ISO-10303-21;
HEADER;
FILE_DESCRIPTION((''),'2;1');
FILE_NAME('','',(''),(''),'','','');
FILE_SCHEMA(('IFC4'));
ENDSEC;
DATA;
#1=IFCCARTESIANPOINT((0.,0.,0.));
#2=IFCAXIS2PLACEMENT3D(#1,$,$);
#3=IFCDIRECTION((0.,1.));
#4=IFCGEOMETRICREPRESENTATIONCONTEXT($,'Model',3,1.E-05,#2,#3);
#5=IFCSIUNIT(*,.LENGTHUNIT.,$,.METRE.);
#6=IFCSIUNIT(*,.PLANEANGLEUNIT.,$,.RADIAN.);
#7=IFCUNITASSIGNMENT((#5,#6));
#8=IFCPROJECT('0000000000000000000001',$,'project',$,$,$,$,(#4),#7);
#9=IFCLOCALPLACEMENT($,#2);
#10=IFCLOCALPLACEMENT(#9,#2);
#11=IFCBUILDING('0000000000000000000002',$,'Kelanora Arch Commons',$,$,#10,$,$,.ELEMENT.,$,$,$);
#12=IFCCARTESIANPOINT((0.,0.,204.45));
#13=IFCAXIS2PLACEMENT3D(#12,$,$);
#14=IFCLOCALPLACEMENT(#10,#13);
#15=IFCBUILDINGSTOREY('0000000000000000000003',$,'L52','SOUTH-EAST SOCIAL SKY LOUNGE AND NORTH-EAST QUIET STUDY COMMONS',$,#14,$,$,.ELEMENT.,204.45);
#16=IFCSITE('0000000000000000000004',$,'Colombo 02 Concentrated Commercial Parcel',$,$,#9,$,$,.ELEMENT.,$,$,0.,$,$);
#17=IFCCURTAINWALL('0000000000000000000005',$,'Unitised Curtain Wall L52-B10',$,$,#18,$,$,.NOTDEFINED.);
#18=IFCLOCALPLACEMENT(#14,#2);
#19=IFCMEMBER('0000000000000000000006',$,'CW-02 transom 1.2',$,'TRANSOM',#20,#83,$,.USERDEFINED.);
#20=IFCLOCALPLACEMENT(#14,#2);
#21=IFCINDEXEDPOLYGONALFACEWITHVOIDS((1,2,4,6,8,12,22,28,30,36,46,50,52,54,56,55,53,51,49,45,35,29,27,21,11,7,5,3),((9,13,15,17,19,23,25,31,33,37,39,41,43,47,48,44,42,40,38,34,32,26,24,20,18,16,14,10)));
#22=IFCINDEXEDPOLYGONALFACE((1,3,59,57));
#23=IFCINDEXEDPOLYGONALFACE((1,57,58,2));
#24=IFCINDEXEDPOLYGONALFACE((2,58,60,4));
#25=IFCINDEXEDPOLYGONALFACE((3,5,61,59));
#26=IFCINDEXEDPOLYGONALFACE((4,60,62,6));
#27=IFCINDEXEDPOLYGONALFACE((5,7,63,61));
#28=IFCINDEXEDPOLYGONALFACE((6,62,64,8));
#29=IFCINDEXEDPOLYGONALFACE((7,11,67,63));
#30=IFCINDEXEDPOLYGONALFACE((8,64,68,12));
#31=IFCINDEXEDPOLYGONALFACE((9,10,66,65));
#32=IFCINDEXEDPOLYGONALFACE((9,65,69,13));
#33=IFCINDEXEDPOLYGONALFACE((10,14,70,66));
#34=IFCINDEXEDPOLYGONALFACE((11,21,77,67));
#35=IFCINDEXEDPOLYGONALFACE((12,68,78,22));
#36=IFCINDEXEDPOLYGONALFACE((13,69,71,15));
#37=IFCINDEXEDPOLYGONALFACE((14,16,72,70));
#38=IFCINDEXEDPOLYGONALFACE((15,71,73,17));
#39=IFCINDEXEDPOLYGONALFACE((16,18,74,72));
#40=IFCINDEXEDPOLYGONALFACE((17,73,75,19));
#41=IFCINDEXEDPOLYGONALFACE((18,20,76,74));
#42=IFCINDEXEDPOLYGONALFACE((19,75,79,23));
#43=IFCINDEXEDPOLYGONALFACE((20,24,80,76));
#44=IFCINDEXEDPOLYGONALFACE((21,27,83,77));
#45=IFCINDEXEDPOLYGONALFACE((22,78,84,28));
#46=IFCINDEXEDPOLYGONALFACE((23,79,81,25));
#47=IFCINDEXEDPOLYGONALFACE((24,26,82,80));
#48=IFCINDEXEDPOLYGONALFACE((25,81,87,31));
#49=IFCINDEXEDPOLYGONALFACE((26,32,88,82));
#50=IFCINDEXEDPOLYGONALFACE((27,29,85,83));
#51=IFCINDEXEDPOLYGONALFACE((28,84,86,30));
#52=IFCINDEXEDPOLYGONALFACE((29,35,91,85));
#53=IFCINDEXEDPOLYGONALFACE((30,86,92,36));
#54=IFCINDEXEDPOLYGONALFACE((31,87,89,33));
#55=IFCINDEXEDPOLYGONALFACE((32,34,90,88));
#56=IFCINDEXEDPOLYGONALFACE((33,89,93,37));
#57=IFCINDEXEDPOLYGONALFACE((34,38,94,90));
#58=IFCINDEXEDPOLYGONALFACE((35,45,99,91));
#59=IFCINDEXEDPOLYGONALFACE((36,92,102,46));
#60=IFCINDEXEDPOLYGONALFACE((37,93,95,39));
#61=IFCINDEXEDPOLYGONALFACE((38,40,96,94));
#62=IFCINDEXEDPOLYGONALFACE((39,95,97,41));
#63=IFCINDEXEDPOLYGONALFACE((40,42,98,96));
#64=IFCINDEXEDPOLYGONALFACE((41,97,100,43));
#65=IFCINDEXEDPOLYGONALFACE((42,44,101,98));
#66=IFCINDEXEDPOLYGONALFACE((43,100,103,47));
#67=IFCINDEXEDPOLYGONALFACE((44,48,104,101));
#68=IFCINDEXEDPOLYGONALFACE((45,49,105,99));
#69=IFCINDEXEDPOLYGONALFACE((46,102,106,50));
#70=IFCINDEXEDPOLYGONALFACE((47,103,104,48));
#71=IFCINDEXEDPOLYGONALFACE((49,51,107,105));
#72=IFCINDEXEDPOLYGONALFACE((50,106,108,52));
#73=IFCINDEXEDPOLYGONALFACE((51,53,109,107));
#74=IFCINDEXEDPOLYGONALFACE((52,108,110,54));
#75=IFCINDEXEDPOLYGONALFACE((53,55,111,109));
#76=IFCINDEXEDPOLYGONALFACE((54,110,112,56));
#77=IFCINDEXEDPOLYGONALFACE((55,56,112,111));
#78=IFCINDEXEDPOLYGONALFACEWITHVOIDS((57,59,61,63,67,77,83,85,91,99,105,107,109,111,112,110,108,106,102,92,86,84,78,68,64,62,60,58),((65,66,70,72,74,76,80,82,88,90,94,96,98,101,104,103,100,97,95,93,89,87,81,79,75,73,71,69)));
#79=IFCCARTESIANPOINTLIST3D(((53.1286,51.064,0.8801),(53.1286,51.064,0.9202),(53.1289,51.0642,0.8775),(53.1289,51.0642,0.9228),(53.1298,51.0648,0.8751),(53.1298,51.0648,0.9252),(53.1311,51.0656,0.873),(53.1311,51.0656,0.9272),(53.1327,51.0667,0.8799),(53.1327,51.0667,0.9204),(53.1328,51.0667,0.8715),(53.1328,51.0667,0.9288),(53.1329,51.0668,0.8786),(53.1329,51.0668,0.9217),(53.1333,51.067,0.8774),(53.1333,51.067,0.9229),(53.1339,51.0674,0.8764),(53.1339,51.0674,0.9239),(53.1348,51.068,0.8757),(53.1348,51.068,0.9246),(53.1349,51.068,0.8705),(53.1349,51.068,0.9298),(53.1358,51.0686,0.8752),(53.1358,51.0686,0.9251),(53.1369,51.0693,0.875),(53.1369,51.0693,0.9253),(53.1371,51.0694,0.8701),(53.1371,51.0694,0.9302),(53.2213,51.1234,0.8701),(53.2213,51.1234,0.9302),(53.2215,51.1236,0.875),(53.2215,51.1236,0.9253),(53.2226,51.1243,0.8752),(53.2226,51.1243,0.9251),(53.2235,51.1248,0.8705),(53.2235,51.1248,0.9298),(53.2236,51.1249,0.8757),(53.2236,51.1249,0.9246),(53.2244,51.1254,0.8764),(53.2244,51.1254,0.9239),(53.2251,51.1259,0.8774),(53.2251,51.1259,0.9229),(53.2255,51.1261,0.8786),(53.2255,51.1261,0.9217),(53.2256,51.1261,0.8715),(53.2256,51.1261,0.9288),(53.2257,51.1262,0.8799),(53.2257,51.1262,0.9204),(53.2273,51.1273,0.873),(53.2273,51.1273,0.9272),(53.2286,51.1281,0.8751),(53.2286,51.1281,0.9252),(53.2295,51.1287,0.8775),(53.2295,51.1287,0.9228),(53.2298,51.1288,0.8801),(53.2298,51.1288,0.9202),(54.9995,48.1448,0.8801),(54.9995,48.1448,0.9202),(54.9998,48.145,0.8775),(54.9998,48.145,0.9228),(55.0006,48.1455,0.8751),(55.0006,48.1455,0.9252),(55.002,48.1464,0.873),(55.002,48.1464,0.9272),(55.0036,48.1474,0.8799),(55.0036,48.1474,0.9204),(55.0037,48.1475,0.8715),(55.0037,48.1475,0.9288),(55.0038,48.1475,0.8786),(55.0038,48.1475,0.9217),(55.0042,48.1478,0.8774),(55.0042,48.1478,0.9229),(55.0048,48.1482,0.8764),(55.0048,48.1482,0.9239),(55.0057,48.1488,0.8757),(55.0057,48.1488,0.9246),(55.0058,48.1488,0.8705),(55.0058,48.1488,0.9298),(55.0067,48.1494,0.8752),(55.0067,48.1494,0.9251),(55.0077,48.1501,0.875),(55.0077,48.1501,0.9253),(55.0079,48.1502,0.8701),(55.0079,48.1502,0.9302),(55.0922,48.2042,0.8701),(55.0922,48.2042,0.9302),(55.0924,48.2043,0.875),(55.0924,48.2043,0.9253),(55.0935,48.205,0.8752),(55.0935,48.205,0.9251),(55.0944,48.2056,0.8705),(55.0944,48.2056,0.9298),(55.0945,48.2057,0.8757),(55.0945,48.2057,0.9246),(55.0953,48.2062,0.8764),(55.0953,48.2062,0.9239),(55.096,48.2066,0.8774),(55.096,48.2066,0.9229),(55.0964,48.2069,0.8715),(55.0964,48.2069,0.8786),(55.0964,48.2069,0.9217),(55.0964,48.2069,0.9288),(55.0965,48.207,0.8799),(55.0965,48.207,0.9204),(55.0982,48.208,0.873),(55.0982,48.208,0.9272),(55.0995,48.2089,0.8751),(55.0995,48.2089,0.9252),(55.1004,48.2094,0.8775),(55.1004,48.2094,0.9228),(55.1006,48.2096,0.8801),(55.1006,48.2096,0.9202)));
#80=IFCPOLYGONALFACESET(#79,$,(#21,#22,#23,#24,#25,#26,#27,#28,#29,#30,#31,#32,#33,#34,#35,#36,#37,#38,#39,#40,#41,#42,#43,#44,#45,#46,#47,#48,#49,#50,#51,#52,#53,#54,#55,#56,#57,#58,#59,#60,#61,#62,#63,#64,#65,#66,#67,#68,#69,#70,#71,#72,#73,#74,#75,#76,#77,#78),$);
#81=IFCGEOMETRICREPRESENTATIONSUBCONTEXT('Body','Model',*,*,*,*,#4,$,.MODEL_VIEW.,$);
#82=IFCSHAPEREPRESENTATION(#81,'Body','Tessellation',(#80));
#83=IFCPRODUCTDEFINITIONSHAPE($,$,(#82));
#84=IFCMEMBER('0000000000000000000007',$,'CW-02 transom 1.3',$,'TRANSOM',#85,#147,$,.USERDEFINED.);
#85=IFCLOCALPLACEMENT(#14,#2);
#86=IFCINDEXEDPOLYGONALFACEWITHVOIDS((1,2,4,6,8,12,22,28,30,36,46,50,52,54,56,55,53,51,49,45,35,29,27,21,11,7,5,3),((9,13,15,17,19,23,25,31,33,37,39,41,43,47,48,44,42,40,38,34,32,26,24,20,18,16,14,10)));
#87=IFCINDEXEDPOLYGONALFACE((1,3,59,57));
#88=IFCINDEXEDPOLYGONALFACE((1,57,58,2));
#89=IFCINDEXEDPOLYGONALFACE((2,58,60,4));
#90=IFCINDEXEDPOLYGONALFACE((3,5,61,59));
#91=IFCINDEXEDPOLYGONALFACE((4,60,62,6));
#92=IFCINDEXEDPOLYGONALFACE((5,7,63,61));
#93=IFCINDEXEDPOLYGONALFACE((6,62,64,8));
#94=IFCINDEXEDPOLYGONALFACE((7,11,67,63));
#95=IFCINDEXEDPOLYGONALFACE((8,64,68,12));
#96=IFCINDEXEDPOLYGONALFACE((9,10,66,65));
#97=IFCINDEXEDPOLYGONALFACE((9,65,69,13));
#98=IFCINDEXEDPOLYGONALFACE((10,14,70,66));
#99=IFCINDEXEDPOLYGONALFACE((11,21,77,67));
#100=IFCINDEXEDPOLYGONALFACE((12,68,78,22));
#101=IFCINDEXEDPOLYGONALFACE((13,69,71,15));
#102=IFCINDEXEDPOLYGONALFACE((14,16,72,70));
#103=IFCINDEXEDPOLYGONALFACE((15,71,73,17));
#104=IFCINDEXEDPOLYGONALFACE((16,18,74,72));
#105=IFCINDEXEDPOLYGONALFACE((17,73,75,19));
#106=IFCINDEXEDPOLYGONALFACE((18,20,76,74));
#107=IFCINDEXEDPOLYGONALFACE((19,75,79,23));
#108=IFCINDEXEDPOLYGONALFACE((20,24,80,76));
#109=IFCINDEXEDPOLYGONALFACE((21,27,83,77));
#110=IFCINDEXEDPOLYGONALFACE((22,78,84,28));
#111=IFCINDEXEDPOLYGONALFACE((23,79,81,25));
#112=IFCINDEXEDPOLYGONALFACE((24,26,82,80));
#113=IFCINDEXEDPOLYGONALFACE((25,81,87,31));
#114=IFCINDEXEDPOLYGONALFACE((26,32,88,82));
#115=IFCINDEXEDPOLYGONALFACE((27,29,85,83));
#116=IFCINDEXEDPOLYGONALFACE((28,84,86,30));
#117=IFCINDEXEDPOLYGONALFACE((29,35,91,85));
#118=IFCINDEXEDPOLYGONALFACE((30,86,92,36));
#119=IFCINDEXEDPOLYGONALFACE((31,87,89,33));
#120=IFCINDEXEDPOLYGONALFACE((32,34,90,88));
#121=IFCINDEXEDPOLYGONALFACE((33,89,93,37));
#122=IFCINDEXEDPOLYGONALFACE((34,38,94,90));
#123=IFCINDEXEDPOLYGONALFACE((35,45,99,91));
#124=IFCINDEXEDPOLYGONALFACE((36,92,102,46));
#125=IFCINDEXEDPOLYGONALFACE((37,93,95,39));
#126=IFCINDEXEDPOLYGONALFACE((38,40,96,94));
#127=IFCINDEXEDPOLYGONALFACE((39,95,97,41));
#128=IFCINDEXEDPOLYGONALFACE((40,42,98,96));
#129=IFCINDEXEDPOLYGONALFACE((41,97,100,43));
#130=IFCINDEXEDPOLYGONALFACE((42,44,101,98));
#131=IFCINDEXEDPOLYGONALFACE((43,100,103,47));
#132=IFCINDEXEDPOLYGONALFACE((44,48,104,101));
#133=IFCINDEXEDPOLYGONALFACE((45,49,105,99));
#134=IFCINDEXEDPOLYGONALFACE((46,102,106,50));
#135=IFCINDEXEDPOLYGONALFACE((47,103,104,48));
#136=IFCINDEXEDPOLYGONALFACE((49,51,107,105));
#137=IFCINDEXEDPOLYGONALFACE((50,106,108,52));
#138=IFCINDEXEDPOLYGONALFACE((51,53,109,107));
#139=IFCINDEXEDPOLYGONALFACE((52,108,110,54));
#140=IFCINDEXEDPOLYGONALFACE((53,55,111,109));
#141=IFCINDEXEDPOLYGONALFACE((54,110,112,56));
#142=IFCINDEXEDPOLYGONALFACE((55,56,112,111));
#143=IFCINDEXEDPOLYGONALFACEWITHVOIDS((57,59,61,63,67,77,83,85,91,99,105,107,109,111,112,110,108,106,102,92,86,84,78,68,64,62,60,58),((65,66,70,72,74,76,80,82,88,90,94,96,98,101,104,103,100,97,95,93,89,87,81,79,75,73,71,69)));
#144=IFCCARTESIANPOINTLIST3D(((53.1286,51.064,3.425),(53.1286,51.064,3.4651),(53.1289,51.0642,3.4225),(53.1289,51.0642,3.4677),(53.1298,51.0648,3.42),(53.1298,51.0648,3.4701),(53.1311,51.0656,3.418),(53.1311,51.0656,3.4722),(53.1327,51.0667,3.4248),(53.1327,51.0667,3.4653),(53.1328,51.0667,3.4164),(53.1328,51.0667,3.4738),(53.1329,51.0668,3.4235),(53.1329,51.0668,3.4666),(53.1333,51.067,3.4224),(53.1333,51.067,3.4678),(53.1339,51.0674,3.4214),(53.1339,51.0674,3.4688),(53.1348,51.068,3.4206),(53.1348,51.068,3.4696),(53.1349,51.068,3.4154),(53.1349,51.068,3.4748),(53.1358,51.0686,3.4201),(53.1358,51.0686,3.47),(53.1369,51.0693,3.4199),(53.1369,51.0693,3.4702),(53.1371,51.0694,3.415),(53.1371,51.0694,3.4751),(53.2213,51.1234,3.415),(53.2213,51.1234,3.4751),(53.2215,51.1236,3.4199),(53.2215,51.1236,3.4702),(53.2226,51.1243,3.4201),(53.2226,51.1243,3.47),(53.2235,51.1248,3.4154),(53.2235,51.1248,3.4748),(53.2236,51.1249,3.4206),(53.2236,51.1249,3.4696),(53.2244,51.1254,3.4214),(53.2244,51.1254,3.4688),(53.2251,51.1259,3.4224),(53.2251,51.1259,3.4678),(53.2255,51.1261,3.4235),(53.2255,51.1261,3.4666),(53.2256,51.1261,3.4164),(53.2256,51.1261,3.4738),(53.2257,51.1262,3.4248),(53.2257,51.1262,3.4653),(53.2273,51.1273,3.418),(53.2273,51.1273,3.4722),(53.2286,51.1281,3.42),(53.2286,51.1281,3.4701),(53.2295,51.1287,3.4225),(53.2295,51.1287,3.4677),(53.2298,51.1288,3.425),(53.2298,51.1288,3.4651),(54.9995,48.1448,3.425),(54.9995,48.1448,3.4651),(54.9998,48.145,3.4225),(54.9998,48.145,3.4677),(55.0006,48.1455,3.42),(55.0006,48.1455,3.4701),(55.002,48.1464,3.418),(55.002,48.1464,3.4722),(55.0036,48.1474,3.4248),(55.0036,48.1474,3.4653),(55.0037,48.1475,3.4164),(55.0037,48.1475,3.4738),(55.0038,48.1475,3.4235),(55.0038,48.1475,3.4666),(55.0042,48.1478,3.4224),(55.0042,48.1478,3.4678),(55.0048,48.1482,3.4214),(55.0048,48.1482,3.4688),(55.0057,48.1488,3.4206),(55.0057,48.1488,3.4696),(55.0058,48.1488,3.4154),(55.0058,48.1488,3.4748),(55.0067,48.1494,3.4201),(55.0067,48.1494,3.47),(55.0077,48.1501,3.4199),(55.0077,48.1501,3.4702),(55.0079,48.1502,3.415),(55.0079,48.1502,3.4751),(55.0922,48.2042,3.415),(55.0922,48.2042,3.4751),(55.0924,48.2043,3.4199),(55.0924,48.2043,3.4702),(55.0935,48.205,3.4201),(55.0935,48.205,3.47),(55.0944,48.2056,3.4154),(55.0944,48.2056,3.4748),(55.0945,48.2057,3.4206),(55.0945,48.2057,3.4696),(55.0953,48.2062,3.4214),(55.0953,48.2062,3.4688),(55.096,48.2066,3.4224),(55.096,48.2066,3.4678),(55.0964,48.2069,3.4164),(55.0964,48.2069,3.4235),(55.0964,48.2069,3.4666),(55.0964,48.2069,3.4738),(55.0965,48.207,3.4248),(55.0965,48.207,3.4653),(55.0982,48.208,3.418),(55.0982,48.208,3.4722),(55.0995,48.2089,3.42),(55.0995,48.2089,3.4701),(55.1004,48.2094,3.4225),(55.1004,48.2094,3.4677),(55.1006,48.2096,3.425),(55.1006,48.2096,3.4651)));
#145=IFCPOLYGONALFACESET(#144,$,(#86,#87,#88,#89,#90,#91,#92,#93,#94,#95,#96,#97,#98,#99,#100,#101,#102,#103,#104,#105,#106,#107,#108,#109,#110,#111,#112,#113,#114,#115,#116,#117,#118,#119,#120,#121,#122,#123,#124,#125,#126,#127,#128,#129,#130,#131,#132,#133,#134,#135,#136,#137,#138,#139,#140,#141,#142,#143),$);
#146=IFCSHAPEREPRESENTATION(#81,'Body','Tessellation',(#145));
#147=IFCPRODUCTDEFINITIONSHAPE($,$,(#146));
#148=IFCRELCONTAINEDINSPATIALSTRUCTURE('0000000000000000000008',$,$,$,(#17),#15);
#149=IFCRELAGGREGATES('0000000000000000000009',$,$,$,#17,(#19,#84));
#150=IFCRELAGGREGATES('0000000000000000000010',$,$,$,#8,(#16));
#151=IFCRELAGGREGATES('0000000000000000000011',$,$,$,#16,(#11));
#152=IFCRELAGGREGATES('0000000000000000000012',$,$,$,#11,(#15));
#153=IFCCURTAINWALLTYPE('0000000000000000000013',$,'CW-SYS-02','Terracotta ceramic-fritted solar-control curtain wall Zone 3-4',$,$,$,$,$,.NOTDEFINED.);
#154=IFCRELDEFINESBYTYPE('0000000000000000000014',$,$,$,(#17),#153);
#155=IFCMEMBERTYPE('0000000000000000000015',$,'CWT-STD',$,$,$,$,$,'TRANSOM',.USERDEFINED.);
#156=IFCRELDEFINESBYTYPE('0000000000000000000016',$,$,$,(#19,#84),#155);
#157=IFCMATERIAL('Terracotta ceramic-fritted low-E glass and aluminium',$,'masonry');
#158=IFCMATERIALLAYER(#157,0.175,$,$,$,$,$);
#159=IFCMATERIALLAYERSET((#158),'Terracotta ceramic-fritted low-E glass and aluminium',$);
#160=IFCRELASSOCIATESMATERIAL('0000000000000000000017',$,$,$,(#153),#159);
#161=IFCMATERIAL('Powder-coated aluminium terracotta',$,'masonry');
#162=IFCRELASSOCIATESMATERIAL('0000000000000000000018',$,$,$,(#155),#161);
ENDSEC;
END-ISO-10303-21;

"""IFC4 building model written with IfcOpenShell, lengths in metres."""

from ifc_helpers import new_model, si_unit, direction, frame, origin, origin_2d, place, context, subcontext, project, spatial, hollow_rectangle, extrude, material, layer, layer_set, material_profile, profile_set, type_object, element, aggregate, save


model = new_model("IFC4")

# Units and contexts
model_context = context("Model", 3, precision=1e-05, world=origin(), true_north=direction((0.0, 1.0)))
body_context = subcontext(model_context, "Body", "Model", "MODEL_VIEW")
ifc_project = project(units=[si_unit("LENGTHUNIT", "METRE"), si_unit("PLANEANGLEUNIT", "RADIAN")], contexts=[model_context])

# Site, building, storey
site_placement = place(None, origin())
site = spatial("IfcSite", under=ifc_project, at=site_placement, Name="Colombo 02 Concentrated Commercial Parcel", CompositionType="ELEMENT", RefElevation=0.0)
building_placement = place(site_placement, origin())
building = spatial("IfcBuilding", under=site, at=building_placement, Name="Kelanora Arch Commons", CompositionType="ELEMENT")
storey_placement = place(building_placement, frame((0.0, 0.0, 204.45)))
storey = spatial("IfcBuildingStorey", under=building, at=storey_placement, Name="L52", Description="SOUTH-EAST SOCIAL SKY LOUNGE AND NORTH-EAST QUIET STUDY COMMONS", CompositionType="ELEMENT", Elevation=204.45)

# Shared definitions
ifc_material_1 = material(Name="Terracotta ceramic-fritted low-E glass and aluminium", Category="masonry")
ifc_layer_1 = layer(ifc_material_1, 0.175)
ifc_layer_set_1 = layer_set([ifc_layer_1], Name="Terracotta ceramic-fritted low-E glass and aluminium")
curtain_wall_type = type_object("IfcCurtainWallType", Name="CW-SYS-02", Description="Terracotta ceramic-fritted solar-control curtain wall Zone 3-4", PredefinedType="NOTDEFINED", material=ifc_layer_set_1)
ifc_material_2 = material(Name="Powder-coated aluminium terracotta", Category="masonry")

# Curtain wall, members
curtain_wall_1_placement = place(storey_placement, origin())
curtain_wall_1 = element("IfcCurtainWall", 1, at=curtain_wall_1_placement, inside=storey, type_object=curtain_wall_type, Name="Unitised Curtain Wall L52-B10", PredefinedType="NOTDEFINED")
ifc_material_profile_1 = material_profile(ifc_material_2, hollow_rectangle(XDim=0.1201, YDim=0.0601, WallThickness=0.0049, InnerFilletRadius=0.0049, OuterFilletRadius=0.01, at=origin_2d()), Name="CWT120x60")
ifc_profile_set_1 = profile_set([ifc_material_profile_1], Name="Powder-coated aluminium terracotta")
member_type_1 = type_object("IfcMemberType", Name="CWT-STD", ElementType="TRANSOM", PredefinedType="USERDEFINED", material=ifc_profile_set_1)
member_1_placement = place(storey_placement, frame((53.1792, 51.0964, 0.9001), z_axis=(0.539579, -0.841935, 0.0), x_axis=(0.841935, 0.539579, 0.0)))
member_1 = element("IfcMember", 2, at=member_1_placement, type_object=member_type_1, Name="CW-02 transom 1.2", ObjectType="TRANSOM", PredefinedType="USERDEFINED", context=body_context, shape_type="SweptSolid", body=[
    extrude(hollow_rectangle(XDim=0.1201, YDim=0.0601, WallThickness=0.0049, InnerFilletRadius=0.0049, OuterFilletRadius=0.01, at=origin_2d()), origin(), (0.0, 0.0, 1.0), 3.4673),
])
member_2_placement = place(storey_placement, frame((53.1792, 51.0964, 3.4451), z_axis=(0.539579, -0.841935, 0.0), x_axis=(0.841935, 0.539579, 0.0)))
member_2 = element("IfcMember", 3, at=member_2_placement, type_object=member_type_1, Name="CW-02 transom 1.3", ObjectType="TRANSOM", PredefinedType="USERDEFINED", context=body_context, shape_type="SweptSolid", body=[
    extrude(hollow_rectangle(XDim=0.1201, YDim=0.0601, WallThickness=0.0049, InnerFilletRadius=0.0049, OuterFilletRadius=0.01, at=origin_2d()), origin(), (0.0, 0.0, 1.0), 3.4673),
])

aggregate(curtain_wall_1, [member_1, member_2])

save(model, "model.ifc")
